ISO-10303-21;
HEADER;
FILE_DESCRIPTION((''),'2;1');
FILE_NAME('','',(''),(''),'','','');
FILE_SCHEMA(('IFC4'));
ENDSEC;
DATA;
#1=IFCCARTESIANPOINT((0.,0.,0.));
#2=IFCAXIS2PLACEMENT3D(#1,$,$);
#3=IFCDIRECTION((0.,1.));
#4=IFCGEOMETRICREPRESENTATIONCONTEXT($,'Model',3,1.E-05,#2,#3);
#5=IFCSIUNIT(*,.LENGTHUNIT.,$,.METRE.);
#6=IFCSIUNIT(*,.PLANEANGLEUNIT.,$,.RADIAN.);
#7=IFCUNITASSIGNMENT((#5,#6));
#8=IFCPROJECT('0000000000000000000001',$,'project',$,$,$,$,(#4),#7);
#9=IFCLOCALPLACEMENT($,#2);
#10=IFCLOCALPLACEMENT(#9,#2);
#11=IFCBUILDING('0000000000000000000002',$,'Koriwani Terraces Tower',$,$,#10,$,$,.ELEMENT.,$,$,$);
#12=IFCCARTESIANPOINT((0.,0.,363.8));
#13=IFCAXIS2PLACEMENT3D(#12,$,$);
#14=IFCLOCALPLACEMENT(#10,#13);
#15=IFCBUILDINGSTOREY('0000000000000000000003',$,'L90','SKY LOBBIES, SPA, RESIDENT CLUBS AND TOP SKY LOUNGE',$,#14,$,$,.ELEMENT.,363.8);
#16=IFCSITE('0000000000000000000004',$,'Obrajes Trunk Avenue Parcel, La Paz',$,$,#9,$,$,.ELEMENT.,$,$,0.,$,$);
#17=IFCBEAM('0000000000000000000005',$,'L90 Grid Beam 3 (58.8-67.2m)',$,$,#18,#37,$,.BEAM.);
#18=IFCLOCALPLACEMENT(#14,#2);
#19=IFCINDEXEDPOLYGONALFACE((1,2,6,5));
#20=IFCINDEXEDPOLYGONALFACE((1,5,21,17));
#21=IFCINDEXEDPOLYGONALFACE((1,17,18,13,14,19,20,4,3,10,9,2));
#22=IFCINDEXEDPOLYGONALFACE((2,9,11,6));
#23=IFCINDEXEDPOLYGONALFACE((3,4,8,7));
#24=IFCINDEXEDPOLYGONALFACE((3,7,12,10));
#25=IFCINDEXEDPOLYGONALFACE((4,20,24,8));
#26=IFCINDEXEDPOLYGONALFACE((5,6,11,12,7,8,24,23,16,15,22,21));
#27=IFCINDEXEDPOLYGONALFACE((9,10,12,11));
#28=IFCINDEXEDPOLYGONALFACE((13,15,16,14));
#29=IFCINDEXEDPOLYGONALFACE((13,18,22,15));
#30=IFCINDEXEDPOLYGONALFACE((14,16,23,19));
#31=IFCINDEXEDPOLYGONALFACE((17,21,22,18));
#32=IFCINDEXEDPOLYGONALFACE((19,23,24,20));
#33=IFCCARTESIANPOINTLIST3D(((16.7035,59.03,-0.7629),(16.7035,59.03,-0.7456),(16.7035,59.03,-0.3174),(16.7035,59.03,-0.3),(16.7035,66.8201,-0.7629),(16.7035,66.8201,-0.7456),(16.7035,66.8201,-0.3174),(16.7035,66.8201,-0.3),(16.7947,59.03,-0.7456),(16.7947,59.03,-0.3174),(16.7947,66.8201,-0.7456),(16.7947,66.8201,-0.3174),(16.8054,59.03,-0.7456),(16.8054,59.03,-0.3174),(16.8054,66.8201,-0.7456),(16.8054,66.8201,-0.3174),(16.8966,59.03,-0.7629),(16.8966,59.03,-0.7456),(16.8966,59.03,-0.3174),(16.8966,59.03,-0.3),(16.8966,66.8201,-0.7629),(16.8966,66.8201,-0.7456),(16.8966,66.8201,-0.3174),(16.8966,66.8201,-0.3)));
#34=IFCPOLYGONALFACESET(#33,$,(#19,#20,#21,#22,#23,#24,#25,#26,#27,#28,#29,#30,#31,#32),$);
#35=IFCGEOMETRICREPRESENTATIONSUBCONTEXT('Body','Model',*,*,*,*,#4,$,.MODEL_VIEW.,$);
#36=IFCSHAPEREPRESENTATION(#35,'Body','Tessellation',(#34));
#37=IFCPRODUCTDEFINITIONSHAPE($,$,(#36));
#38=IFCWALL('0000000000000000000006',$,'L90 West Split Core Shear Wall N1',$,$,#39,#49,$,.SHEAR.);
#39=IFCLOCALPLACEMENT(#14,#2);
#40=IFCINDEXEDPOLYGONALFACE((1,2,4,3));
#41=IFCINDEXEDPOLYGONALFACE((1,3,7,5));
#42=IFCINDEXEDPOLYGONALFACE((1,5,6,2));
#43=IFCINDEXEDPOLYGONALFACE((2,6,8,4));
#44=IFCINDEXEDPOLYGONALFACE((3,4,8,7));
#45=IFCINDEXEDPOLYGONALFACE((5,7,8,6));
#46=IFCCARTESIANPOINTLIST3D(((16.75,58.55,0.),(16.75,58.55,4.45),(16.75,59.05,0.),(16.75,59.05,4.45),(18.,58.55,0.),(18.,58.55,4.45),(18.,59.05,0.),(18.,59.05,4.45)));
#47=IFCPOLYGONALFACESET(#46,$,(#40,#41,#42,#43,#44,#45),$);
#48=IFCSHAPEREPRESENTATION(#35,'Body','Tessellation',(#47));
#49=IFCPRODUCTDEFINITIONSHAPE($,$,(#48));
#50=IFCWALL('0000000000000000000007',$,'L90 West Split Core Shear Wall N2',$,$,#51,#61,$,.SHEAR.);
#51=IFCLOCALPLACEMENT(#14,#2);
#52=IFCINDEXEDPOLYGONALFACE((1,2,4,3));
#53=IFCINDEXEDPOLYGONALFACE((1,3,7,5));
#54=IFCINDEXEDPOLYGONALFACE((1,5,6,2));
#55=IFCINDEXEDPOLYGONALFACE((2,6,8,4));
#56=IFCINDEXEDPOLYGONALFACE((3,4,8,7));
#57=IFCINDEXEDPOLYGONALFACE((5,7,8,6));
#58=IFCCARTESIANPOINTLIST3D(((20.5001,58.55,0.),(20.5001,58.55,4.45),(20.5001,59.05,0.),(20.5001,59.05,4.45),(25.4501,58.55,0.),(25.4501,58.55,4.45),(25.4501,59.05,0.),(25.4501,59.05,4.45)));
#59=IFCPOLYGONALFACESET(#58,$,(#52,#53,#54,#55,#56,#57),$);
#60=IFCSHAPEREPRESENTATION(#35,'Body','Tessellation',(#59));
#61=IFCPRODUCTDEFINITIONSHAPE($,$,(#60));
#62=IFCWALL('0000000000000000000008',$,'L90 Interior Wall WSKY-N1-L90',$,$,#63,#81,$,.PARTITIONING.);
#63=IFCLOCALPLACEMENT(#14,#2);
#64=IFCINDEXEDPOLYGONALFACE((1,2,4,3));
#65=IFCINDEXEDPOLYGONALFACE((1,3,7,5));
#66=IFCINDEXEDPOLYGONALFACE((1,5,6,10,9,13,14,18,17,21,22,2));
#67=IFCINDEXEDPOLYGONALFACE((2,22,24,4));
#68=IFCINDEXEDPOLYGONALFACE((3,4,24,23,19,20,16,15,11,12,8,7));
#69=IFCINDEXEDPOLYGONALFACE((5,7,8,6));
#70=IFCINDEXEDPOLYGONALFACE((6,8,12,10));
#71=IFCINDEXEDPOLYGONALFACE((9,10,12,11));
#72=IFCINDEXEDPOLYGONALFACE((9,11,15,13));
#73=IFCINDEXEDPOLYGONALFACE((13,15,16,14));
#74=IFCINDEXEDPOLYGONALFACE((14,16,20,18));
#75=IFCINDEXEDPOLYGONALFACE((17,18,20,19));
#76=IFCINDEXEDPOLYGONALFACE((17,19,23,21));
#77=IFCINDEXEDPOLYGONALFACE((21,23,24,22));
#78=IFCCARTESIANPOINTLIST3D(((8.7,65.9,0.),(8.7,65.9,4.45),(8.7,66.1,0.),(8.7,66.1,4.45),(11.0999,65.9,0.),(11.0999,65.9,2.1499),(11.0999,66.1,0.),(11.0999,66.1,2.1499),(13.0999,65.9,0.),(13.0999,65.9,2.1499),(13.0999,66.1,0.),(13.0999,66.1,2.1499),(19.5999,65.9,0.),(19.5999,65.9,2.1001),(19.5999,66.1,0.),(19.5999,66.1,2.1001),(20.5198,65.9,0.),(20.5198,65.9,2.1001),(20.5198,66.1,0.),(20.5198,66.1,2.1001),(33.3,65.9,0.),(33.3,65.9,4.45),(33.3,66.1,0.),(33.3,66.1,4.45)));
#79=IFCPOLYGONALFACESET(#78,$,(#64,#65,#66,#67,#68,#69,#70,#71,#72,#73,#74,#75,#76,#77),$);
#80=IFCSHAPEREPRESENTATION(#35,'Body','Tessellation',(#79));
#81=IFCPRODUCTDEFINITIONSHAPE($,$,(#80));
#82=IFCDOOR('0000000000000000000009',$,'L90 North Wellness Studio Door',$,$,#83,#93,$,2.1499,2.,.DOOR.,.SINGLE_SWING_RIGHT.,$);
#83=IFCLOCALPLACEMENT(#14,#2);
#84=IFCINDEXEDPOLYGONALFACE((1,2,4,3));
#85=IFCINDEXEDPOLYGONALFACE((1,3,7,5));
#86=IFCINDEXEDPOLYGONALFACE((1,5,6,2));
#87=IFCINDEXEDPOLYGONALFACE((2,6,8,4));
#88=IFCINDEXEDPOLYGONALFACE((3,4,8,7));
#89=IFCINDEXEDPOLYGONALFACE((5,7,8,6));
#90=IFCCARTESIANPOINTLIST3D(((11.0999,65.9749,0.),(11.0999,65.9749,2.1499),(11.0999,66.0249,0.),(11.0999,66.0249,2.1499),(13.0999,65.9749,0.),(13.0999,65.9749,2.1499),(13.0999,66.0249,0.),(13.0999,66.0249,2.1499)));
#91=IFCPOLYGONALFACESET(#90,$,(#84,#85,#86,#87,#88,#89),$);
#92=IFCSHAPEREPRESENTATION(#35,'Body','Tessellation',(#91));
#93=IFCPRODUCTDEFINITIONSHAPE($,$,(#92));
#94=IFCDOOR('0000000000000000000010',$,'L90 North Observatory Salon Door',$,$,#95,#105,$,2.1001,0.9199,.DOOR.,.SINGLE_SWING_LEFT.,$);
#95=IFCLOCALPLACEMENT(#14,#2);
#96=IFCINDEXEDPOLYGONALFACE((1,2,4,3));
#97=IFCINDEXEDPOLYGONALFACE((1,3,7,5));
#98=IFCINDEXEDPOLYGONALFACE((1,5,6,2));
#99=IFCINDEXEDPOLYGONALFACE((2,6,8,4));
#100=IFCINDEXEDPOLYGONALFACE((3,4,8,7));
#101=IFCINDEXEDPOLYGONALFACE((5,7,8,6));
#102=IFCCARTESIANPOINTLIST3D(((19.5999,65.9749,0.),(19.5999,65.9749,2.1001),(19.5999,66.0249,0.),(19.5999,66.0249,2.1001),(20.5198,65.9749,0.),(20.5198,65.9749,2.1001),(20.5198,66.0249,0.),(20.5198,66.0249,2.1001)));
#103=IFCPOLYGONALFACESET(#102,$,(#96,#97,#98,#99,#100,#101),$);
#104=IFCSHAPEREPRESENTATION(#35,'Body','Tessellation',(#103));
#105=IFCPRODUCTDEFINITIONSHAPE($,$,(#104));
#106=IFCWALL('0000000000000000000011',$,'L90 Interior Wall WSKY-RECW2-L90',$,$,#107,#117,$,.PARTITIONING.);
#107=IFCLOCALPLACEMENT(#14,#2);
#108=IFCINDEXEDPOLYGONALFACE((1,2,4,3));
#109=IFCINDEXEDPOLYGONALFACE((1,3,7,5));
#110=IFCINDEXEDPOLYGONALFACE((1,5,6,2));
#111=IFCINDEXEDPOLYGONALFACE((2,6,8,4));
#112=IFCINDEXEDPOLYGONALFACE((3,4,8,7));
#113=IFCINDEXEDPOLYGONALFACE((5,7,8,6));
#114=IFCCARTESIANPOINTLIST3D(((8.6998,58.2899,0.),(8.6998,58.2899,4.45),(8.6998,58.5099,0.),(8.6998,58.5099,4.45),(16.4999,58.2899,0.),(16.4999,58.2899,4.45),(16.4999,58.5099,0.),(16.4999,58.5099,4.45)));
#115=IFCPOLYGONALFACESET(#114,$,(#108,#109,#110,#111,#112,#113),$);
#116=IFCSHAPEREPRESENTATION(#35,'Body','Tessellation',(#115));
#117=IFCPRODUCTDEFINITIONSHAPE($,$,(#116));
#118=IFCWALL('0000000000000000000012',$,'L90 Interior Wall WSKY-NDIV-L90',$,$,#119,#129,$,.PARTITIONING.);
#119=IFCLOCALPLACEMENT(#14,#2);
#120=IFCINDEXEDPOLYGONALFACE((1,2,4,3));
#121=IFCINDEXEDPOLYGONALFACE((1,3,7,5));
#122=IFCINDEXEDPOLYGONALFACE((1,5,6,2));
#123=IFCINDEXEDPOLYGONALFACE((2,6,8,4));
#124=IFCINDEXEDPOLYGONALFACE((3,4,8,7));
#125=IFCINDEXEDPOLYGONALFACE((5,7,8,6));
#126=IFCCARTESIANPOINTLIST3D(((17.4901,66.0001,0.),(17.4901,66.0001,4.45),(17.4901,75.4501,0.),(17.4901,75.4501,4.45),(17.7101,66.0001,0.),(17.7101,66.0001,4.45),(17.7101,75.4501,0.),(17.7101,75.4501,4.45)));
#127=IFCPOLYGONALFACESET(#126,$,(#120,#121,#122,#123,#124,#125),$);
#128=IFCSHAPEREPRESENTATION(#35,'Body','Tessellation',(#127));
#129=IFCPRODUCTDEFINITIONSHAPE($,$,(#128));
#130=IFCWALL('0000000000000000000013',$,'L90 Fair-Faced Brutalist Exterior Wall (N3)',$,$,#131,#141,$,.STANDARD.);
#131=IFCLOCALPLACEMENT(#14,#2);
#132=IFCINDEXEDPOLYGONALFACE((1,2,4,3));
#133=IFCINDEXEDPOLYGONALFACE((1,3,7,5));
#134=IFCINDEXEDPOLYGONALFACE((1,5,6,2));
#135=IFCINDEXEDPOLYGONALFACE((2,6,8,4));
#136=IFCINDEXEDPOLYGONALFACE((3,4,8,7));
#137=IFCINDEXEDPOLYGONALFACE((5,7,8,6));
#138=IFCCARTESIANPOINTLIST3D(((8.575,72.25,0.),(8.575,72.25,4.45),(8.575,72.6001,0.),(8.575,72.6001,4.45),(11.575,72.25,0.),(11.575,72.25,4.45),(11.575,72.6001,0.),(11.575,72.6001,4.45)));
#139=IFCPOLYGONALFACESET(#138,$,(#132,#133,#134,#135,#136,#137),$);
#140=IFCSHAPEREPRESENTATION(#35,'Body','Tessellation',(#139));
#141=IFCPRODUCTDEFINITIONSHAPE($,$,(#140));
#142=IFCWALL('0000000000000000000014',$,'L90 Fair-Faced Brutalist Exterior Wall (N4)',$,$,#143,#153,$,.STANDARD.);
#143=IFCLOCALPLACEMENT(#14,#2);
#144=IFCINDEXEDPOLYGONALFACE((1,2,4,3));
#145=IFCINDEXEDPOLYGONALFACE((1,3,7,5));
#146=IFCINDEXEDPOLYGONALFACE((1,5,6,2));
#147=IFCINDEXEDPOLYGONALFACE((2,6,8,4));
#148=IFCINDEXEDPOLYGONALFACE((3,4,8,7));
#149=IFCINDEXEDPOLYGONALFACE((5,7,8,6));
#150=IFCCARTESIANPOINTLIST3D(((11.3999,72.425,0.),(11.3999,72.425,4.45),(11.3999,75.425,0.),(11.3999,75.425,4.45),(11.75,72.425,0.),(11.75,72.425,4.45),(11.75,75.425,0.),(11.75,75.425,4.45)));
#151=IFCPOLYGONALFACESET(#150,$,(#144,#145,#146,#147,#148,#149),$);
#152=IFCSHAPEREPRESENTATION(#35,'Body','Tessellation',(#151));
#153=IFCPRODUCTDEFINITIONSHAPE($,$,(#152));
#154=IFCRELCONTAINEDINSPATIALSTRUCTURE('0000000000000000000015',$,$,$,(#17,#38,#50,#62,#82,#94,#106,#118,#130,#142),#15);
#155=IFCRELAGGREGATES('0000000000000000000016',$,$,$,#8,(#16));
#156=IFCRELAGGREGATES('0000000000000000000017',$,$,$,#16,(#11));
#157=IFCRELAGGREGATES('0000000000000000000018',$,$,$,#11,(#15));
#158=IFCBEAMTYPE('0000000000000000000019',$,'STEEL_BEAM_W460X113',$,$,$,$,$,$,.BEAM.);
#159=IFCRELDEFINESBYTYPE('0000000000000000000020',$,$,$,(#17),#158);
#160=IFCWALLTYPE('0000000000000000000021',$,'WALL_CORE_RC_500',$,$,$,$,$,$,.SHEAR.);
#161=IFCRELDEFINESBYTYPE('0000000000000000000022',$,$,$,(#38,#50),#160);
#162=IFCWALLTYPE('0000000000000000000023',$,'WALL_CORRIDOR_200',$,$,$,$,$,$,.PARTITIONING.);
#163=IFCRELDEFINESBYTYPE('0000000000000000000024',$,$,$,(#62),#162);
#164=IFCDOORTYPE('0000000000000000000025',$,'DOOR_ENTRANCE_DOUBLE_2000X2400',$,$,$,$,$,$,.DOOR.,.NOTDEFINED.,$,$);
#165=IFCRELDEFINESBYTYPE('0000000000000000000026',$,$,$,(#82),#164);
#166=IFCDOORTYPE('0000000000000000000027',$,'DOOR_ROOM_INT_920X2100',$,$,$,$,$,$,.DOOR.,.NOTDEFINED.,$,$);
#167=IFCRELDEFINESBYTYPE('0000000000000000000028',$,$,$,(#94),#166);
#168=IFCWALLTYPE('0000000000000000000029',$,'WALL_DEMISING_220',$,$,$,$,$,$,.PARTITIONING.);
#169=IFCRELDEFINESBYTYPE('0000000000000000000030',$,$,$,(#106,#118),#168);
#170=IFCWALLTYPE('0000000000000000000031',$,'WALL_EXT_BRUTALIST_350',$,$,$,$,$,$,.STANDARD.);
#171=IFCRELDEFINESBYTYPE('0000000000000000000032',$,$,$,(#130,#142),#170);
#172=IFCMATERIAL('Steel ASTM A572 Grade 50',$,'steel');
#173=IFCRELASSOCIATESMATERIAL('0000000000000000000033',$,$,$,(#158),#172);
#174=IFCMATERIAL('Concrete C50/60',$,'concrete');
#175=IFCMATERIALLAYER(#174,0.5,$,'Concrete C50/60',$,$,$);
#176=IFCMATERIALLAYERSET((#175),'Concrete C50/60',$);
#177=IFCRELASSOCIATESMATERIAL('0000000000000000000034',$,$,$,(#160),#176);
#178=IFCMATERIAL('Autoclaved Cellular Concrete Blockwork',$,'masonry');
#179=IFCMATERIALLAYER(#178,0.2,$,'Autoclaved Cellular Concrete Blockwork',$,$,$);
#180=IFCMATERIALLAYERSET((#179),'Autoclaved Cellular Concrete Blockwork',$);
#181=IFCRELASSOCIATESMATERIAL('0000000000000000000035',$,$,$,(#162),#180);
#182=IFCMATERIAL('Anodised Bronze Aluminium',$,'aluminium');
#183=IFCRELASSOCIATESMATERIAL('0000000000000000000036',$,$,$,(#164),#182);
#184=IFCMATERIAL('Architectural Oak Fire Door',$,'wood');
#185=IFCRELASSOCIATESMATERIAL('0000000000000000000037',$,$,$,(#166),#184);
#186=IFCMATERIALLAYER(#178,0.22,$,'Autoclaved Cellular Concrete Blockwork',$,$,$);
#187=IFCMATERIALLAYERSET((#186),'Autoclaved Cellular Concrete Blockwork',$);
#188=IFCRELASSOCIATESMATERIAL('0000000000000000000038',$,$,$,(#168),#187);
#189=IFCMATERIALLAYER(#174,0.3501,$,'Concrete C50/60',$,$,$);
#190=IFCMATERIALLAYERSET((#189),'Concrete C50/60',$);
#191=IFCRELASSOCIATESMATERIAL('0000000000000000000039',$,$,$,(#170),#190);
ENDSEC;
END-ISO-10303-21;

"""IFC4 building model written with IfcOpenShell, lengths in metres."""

from ifc_helpers import new_model, si_unit, direction, frame, frame_2d, origin, origin_2d, place, context, subcontext, project, spatial, rectangle, i_section, extrude, material, layer, layer_set, material_profile, profile_set, type_object, element, fill, save


model = new_model("IFC4")

# Units and contexts
model_context = context("Model", 3, precision=1e-05, world=origin(), true_north=direction((0.0, 1.0)))
body_context = subcontext(model_context, "Body", "Model", "MODEL_VIEW")
ifc_project = project(units=[si_unit("LENGTHUNIT", "METRE"), si_unit("PLANEANGLEUNIT", "RADIAN")], contexts=[model_context])

# Site, building, storey
site_placement = place(None, origin())
site = spatial("IfcSite", under=ifc_project, at=site_placement, Name="Obrajes Trunk Avenue Parcel, La Paz", CompositionType="ELEMENT", RefElevation=0.0)
building_placement = place(site_placement, origin())
building = spatial("IfcBuilding", under=site, at=building_placement, Name="Koriwani Terraces Tower", CompositionType="ELEMENT")
storey_placement = place(building_placement, frame((0.0, 0.0, 363.8)))
storey = spatial("IfcBuildingStorey", under=building, at=storey_placement, Name="L90", Description="SKY LOBBIES, SPA, RESIDENT CLUBS AND TOP SKY LOUNGE", CompositionType="ELEMENT", Elevation=363.8)

# Shared definitions
ifc_material_1 = material(Name="Concrete C50/60", Category="concrete")

# Shared definitions
ifc_material_2 = material(Name="Anodised Bronze Aluminium", Category="aluminium")

# Beam
ifc_material_3 = material(Name="Steel ASTM A572 Grade 50", Category="steel")
ifc_material_profile_1 = material_profile(ifc_material_3, i_section(OverallWidth=0.1931, OverallDepth=0.4629, WebThickness=0.0107, FlangeThickness=0.0173, at=origin_2d()), Name="Steel ASTM A572 Grade 50", Category="LoadBearing")
ifc_profile_set_1 = profile_set([ifc_material_profile_1], Name="Steel ASTM A572 Grade 50")
beam_type_1 = type_object("IfcBeamType", Name="STEEL_BEAM_W460X113", PredefinedType="BEAM", material=ifc_profile_set_1)
beam_1_placement = place(storey_placement, frame((16.8, 59.03, -0.5315), z_axis=(0.0, 1.0, 0.0), x_axis=(-1.0, 0.0, 0.0)))
element("IfcBeam", 1, at=beam_1_placement, inside=storey, type_object=beam_type_1, Name="L90 Grid Beam 3 (58.8-67.2m)", PredefinedType="BEAM", context=body_context, shape_type="SweptSolid", body=[
    extrude(i_section(OverallWidth=0.1931, OverallDepth=0.4629, WebThickness=0.0107, FlangeThickness=0.0173, at=origin_2d()), origin(), (0.0, 0.0, 1.0), 7.79),
])

# Walls
ifc_layer_1 = layer(ifc_material_1, 0.5, Name="Concrete C50/60")
ifc_layer_set_1 = layer_set([ifc_layer_1], Name="Concrete C50/60")
wall_type_1 = type_object("IfcWallType", Name="WALL_CORE_RC_500", PredefinedType="SHEAR", material=ifc_layer_set_1)
wall_1_placement = place(storey_placement, frame((16.75, 58.8, 0.0), z_axis=(0.0, 0.0, 1.0), x_axis=(1.0, 0.0, 0.0)))
element("IfcWall", 2, at=wall_1_placement, inside=storey, type_object=wall_type_1, Name="L90 West Split Core Shear Wall N1", PredefinedType="SHEAR", context=body_context, shape_type="SweptSolid", body=[
    extrude(rectangle(XDim=1.25, YDim=0.5, at=frame_2d((0.625, 0.0))), origin(), (0.0, 0.0, 1.0), 4.45),
])
wall_2_placement = place(storey_placement, frame((20.5, 58.8, 0.0), z_axis=(0.0, 0.0, 1.0), x_axis=(1.0, 0.0, 0.0)))
element("IfcWall", 3, at=wall_2_placement, inside=storey, type_object=wall_type_1, Name="L90 West Split Core Shear Wall N2", PredefinedType="SHEAR", context=body_context, shape_type="SweptSolid", body=[
    extrude(rectangle(XDim=4.95, YDim=0.5, at=frame_2d((2.4751, 0.0))), origin(), (0.0, 0.0, 1.0), 4.45),
])

# Wall, openings, doors
ifc_material_4 = material(Name="Autoclaved Cellular Concrete Blockwork", Category="masonry")
ifc_layer_2 = layer(ifc_material_4, 0.2, Name="Autoclaved Cellular Concrete Blockwork")
ifc_layer_set_2 = layer_set([ifc_layer_2], Name="Autoclaved Cellular Concrete Blockwork")
wall_type_2 = type_object("IfcWallType", Name="WALL_CORRIDOR_200", PredefinedType="PARTITIONING", material=ifc_layer_set_2)
wall_3_placement = place(storey_placement, frame((8.7, 66.0, 0.0), z_axis=(0.0, 0.0, 1.0), x_axis=(1.0, 0.0, 0.0)))
wall_3 = element("IfcWall", 4, at=wall_3_placement, inside=storey, type_object=wall_type_2, Name="L90 Interior Wall WSKY-N1-L90", PredefinedType="PARTITIONING", context=body_context, shape_type="SweptSolid", body=[
    extrude(rectangle(XDim=24.6001, YDim=0.2, at=frame_2d((12.3, 0.0))), origin(), (0.0, 0.0, 1.0), 4.45),
])
opening_1_placement = place(wall_3_placement, frame((2.3999, 0.0, 0.0)))
opening_1 = element("IfcOpeningElement", 5, at=opening_1_placement, cuts=wall_3, PredefinedType="OPENING", context=body_context, shape_type="SweptSolid", body=[
    extrude(rectangle(XDim=2.0, YDim=2.1499, at=frame_2d((1.0, 1.075))), frame((0.0, 0.1099, 0.0), z_axis=(0.0, -1.0, 0.0), x_axis=(1.0, 0.0, 0.0)), (0.0, 0.0, 1.0), 0.22),
])
opening_2_placement = place(wall_3_placement, frame((10.8999, 0.0, 0.0)))
opening_2 = element("IfcOpeningElement", 6, at=opening_2_placement, cuts=wall_3, PredefinedType="OPENING", context=body_context, shape_type="SweptSolid", body=[
    extrude(rectangle(XDim=0.9199, YDim=2.1001, at=frame_2d((0.46, 1.05))), frame((0.0, 0.1099, 0.0), z_axis=(0.0, -1.0, 0.0), x_axis=(1.0, 0.0, 0.0)), (0.0, 0.0, 1.0), 0.22),
])
door_type_1 = type_object("IfcDoorType", Name="DOOR_ENTRANCE_DOUBLE_2000X2400", OperationType="NOTDEFINED", PredefinedType="DOOR", material=ifc_material_2)
door_1_placement = place(opening_1_placement, origin())
door_1 = element("IfcDoor", 7, at=door_1_placement, inside=storey, type_object=door_type_1, Name="L90 North Wellness Studio Door", OperationType="SINGLE_SWING_RIGHT", OverallHeight=2.1499, OverallWidth=2.0, PredefinedType="DOOR", context=body_context, shape_type="SweptSolid", body=[
    extrude(rectangle(XDim=2.0, YDim=2.1499, at=frame_2d((1.0, 1.075))), frame((0.0, 0.0249, 0.0), z_axis=(0.0, -1.0, 0.0), x_axis=(1.0, 0.0, 0.0)), (0.0, 0.0, 1.0), 0.05),
])
fill(opening_1, door_1)
ifc_material_5 = material(Name="Architectural Oak Fire Door", Category="wood")
door_type_2 = type_object("IfcDoorType", Name="DOOR_ROOM_INT_920X2100", OperationType="NOTDEFINED", PredefinedType="DOOR", material=ifc_material_5)
door_2_placement = place(opening_2_placement, origin())
door_2 = element("IfcDoor", 8, at=door_2_placement, inside=storey, type_object=door_type_2, Name="L90 North Observatory Salon Door", OperationType="SINGLE_SWING_LEFT", OverallHeight=2.1001, OverallWidth=0.9199, PredefinedType="DOOR", context=body_context, shape_type="SweptSolid", body=[
    extrude(rectangle(XDim=0.9199, YDim=2.1001, at=frame_2d((0.46, 1.05))), frame((0.0, 0.0249, 0.0), z_axis=(0.0, -1.0, 0.0), x_axis=(1.0, 0.0, 0.0)), (0.0, 0.0, 1.0), 0.05),
])
fill(opening_2, door_2)

# Walls
ifc_layer_3 = layer(ifc_material_4, 0.22, Name="Autoclaved Cellular Concrete Blockwork")
ifc_layer_set_3 = layer_set([ifc_layer_3], Name="Autoclaved Cellular Concrete Blockwork")
wall_type_3 = type_object("IfcWallType", Name="WALL_DEMISING_220", PredefinedType="PARTITIONING", material=ifc_layer_set_3)
wall_4_placement = place(storey_placement, frame((8.7, 58.3999, 0.0), z_axis=(0.0, 0.0, 1.0), x_axis=(1.0, 0.0, 0.0)))
element("IfcWall", 9, at=wall_4_placement, inside=storey, type_object=wall_type_3, Name="L90 Interior Wall WSKY-RECW2-L90", PredefinedType="PARTITIONING", context=body_context, shape_type="SweptSolid", body=[
    extrude(rectangle(XDim=7.8, YDim=0.22, at=frame_2d((3.8999, 0.0))), origin(), (0.0, 0.0, 1.0), 4.45),
])
wall_5_placement = place(storey_placement, frame((17.6001, 66.0, 0.0), z_axis=(0.0, 0.0, 1.0), x_axis=(0.0, 1.0, 0.0)))
element("IfcWall", 10, at=wall_5_placement, inside=storey, type_object=wall_type_3, Name="L90 Interior Wall WSKY-NDIV-L90", PredefinedType="PARTITIONING", context=body_context, shape_type="SweptSolid", body=[
    extrude(rectangle(XDim=9.45, YDim=0.22, at=frame_2d((4.7251, 0.0))), origin(), (0.0, 0.0, 1.0), 4.45),
])
ifc_layer_4 = layer(ifc_material_1, 0.3501, Name="Concrete C50/60")
ifc_layer_set_4 = layer_set([ifc_layer_4], Name="Concrete C50/60")
wall_type_4 = type_object("IfcWallType", Name="WALL_EXT_BRUTALIST_350", PredefinedType="STANDARD", material=ifc_layer_set_4)
for number, where, z_axis, x_axis, name in (
    (11, (8.575, 72.425, 0.0), (0.0, 0.0, 1.0), (1.0, 0.0, 0.0), "L90 Fair-Faced Brutalist Exterior Wall (N3)"),
    (12, (11.575, 72.425, 0.0), (0.0, 0.0, 1.0), (0.0, 1.0, 0.0), "L90 Fair-Faced Brutalist Exterior Wall (N4)"),
):
    element("IfcWall", number, at=place(storey_placement, frame(where, z_axis=z_axis, x_axis=x_axis)), inside=storey, type_object=wall_type_4, Name=name, PredefinedType="STANDARD", context=body_context, shape_type="SweptSolid", body=[
        extrude(rectangle(XDim=3.0, YDim=0.3501, at=frame_2d((1.5, 0.0))), origin(), (0.0, 0.0, 1.0), 4.45),
    ])

save(model, "model.ifc")
